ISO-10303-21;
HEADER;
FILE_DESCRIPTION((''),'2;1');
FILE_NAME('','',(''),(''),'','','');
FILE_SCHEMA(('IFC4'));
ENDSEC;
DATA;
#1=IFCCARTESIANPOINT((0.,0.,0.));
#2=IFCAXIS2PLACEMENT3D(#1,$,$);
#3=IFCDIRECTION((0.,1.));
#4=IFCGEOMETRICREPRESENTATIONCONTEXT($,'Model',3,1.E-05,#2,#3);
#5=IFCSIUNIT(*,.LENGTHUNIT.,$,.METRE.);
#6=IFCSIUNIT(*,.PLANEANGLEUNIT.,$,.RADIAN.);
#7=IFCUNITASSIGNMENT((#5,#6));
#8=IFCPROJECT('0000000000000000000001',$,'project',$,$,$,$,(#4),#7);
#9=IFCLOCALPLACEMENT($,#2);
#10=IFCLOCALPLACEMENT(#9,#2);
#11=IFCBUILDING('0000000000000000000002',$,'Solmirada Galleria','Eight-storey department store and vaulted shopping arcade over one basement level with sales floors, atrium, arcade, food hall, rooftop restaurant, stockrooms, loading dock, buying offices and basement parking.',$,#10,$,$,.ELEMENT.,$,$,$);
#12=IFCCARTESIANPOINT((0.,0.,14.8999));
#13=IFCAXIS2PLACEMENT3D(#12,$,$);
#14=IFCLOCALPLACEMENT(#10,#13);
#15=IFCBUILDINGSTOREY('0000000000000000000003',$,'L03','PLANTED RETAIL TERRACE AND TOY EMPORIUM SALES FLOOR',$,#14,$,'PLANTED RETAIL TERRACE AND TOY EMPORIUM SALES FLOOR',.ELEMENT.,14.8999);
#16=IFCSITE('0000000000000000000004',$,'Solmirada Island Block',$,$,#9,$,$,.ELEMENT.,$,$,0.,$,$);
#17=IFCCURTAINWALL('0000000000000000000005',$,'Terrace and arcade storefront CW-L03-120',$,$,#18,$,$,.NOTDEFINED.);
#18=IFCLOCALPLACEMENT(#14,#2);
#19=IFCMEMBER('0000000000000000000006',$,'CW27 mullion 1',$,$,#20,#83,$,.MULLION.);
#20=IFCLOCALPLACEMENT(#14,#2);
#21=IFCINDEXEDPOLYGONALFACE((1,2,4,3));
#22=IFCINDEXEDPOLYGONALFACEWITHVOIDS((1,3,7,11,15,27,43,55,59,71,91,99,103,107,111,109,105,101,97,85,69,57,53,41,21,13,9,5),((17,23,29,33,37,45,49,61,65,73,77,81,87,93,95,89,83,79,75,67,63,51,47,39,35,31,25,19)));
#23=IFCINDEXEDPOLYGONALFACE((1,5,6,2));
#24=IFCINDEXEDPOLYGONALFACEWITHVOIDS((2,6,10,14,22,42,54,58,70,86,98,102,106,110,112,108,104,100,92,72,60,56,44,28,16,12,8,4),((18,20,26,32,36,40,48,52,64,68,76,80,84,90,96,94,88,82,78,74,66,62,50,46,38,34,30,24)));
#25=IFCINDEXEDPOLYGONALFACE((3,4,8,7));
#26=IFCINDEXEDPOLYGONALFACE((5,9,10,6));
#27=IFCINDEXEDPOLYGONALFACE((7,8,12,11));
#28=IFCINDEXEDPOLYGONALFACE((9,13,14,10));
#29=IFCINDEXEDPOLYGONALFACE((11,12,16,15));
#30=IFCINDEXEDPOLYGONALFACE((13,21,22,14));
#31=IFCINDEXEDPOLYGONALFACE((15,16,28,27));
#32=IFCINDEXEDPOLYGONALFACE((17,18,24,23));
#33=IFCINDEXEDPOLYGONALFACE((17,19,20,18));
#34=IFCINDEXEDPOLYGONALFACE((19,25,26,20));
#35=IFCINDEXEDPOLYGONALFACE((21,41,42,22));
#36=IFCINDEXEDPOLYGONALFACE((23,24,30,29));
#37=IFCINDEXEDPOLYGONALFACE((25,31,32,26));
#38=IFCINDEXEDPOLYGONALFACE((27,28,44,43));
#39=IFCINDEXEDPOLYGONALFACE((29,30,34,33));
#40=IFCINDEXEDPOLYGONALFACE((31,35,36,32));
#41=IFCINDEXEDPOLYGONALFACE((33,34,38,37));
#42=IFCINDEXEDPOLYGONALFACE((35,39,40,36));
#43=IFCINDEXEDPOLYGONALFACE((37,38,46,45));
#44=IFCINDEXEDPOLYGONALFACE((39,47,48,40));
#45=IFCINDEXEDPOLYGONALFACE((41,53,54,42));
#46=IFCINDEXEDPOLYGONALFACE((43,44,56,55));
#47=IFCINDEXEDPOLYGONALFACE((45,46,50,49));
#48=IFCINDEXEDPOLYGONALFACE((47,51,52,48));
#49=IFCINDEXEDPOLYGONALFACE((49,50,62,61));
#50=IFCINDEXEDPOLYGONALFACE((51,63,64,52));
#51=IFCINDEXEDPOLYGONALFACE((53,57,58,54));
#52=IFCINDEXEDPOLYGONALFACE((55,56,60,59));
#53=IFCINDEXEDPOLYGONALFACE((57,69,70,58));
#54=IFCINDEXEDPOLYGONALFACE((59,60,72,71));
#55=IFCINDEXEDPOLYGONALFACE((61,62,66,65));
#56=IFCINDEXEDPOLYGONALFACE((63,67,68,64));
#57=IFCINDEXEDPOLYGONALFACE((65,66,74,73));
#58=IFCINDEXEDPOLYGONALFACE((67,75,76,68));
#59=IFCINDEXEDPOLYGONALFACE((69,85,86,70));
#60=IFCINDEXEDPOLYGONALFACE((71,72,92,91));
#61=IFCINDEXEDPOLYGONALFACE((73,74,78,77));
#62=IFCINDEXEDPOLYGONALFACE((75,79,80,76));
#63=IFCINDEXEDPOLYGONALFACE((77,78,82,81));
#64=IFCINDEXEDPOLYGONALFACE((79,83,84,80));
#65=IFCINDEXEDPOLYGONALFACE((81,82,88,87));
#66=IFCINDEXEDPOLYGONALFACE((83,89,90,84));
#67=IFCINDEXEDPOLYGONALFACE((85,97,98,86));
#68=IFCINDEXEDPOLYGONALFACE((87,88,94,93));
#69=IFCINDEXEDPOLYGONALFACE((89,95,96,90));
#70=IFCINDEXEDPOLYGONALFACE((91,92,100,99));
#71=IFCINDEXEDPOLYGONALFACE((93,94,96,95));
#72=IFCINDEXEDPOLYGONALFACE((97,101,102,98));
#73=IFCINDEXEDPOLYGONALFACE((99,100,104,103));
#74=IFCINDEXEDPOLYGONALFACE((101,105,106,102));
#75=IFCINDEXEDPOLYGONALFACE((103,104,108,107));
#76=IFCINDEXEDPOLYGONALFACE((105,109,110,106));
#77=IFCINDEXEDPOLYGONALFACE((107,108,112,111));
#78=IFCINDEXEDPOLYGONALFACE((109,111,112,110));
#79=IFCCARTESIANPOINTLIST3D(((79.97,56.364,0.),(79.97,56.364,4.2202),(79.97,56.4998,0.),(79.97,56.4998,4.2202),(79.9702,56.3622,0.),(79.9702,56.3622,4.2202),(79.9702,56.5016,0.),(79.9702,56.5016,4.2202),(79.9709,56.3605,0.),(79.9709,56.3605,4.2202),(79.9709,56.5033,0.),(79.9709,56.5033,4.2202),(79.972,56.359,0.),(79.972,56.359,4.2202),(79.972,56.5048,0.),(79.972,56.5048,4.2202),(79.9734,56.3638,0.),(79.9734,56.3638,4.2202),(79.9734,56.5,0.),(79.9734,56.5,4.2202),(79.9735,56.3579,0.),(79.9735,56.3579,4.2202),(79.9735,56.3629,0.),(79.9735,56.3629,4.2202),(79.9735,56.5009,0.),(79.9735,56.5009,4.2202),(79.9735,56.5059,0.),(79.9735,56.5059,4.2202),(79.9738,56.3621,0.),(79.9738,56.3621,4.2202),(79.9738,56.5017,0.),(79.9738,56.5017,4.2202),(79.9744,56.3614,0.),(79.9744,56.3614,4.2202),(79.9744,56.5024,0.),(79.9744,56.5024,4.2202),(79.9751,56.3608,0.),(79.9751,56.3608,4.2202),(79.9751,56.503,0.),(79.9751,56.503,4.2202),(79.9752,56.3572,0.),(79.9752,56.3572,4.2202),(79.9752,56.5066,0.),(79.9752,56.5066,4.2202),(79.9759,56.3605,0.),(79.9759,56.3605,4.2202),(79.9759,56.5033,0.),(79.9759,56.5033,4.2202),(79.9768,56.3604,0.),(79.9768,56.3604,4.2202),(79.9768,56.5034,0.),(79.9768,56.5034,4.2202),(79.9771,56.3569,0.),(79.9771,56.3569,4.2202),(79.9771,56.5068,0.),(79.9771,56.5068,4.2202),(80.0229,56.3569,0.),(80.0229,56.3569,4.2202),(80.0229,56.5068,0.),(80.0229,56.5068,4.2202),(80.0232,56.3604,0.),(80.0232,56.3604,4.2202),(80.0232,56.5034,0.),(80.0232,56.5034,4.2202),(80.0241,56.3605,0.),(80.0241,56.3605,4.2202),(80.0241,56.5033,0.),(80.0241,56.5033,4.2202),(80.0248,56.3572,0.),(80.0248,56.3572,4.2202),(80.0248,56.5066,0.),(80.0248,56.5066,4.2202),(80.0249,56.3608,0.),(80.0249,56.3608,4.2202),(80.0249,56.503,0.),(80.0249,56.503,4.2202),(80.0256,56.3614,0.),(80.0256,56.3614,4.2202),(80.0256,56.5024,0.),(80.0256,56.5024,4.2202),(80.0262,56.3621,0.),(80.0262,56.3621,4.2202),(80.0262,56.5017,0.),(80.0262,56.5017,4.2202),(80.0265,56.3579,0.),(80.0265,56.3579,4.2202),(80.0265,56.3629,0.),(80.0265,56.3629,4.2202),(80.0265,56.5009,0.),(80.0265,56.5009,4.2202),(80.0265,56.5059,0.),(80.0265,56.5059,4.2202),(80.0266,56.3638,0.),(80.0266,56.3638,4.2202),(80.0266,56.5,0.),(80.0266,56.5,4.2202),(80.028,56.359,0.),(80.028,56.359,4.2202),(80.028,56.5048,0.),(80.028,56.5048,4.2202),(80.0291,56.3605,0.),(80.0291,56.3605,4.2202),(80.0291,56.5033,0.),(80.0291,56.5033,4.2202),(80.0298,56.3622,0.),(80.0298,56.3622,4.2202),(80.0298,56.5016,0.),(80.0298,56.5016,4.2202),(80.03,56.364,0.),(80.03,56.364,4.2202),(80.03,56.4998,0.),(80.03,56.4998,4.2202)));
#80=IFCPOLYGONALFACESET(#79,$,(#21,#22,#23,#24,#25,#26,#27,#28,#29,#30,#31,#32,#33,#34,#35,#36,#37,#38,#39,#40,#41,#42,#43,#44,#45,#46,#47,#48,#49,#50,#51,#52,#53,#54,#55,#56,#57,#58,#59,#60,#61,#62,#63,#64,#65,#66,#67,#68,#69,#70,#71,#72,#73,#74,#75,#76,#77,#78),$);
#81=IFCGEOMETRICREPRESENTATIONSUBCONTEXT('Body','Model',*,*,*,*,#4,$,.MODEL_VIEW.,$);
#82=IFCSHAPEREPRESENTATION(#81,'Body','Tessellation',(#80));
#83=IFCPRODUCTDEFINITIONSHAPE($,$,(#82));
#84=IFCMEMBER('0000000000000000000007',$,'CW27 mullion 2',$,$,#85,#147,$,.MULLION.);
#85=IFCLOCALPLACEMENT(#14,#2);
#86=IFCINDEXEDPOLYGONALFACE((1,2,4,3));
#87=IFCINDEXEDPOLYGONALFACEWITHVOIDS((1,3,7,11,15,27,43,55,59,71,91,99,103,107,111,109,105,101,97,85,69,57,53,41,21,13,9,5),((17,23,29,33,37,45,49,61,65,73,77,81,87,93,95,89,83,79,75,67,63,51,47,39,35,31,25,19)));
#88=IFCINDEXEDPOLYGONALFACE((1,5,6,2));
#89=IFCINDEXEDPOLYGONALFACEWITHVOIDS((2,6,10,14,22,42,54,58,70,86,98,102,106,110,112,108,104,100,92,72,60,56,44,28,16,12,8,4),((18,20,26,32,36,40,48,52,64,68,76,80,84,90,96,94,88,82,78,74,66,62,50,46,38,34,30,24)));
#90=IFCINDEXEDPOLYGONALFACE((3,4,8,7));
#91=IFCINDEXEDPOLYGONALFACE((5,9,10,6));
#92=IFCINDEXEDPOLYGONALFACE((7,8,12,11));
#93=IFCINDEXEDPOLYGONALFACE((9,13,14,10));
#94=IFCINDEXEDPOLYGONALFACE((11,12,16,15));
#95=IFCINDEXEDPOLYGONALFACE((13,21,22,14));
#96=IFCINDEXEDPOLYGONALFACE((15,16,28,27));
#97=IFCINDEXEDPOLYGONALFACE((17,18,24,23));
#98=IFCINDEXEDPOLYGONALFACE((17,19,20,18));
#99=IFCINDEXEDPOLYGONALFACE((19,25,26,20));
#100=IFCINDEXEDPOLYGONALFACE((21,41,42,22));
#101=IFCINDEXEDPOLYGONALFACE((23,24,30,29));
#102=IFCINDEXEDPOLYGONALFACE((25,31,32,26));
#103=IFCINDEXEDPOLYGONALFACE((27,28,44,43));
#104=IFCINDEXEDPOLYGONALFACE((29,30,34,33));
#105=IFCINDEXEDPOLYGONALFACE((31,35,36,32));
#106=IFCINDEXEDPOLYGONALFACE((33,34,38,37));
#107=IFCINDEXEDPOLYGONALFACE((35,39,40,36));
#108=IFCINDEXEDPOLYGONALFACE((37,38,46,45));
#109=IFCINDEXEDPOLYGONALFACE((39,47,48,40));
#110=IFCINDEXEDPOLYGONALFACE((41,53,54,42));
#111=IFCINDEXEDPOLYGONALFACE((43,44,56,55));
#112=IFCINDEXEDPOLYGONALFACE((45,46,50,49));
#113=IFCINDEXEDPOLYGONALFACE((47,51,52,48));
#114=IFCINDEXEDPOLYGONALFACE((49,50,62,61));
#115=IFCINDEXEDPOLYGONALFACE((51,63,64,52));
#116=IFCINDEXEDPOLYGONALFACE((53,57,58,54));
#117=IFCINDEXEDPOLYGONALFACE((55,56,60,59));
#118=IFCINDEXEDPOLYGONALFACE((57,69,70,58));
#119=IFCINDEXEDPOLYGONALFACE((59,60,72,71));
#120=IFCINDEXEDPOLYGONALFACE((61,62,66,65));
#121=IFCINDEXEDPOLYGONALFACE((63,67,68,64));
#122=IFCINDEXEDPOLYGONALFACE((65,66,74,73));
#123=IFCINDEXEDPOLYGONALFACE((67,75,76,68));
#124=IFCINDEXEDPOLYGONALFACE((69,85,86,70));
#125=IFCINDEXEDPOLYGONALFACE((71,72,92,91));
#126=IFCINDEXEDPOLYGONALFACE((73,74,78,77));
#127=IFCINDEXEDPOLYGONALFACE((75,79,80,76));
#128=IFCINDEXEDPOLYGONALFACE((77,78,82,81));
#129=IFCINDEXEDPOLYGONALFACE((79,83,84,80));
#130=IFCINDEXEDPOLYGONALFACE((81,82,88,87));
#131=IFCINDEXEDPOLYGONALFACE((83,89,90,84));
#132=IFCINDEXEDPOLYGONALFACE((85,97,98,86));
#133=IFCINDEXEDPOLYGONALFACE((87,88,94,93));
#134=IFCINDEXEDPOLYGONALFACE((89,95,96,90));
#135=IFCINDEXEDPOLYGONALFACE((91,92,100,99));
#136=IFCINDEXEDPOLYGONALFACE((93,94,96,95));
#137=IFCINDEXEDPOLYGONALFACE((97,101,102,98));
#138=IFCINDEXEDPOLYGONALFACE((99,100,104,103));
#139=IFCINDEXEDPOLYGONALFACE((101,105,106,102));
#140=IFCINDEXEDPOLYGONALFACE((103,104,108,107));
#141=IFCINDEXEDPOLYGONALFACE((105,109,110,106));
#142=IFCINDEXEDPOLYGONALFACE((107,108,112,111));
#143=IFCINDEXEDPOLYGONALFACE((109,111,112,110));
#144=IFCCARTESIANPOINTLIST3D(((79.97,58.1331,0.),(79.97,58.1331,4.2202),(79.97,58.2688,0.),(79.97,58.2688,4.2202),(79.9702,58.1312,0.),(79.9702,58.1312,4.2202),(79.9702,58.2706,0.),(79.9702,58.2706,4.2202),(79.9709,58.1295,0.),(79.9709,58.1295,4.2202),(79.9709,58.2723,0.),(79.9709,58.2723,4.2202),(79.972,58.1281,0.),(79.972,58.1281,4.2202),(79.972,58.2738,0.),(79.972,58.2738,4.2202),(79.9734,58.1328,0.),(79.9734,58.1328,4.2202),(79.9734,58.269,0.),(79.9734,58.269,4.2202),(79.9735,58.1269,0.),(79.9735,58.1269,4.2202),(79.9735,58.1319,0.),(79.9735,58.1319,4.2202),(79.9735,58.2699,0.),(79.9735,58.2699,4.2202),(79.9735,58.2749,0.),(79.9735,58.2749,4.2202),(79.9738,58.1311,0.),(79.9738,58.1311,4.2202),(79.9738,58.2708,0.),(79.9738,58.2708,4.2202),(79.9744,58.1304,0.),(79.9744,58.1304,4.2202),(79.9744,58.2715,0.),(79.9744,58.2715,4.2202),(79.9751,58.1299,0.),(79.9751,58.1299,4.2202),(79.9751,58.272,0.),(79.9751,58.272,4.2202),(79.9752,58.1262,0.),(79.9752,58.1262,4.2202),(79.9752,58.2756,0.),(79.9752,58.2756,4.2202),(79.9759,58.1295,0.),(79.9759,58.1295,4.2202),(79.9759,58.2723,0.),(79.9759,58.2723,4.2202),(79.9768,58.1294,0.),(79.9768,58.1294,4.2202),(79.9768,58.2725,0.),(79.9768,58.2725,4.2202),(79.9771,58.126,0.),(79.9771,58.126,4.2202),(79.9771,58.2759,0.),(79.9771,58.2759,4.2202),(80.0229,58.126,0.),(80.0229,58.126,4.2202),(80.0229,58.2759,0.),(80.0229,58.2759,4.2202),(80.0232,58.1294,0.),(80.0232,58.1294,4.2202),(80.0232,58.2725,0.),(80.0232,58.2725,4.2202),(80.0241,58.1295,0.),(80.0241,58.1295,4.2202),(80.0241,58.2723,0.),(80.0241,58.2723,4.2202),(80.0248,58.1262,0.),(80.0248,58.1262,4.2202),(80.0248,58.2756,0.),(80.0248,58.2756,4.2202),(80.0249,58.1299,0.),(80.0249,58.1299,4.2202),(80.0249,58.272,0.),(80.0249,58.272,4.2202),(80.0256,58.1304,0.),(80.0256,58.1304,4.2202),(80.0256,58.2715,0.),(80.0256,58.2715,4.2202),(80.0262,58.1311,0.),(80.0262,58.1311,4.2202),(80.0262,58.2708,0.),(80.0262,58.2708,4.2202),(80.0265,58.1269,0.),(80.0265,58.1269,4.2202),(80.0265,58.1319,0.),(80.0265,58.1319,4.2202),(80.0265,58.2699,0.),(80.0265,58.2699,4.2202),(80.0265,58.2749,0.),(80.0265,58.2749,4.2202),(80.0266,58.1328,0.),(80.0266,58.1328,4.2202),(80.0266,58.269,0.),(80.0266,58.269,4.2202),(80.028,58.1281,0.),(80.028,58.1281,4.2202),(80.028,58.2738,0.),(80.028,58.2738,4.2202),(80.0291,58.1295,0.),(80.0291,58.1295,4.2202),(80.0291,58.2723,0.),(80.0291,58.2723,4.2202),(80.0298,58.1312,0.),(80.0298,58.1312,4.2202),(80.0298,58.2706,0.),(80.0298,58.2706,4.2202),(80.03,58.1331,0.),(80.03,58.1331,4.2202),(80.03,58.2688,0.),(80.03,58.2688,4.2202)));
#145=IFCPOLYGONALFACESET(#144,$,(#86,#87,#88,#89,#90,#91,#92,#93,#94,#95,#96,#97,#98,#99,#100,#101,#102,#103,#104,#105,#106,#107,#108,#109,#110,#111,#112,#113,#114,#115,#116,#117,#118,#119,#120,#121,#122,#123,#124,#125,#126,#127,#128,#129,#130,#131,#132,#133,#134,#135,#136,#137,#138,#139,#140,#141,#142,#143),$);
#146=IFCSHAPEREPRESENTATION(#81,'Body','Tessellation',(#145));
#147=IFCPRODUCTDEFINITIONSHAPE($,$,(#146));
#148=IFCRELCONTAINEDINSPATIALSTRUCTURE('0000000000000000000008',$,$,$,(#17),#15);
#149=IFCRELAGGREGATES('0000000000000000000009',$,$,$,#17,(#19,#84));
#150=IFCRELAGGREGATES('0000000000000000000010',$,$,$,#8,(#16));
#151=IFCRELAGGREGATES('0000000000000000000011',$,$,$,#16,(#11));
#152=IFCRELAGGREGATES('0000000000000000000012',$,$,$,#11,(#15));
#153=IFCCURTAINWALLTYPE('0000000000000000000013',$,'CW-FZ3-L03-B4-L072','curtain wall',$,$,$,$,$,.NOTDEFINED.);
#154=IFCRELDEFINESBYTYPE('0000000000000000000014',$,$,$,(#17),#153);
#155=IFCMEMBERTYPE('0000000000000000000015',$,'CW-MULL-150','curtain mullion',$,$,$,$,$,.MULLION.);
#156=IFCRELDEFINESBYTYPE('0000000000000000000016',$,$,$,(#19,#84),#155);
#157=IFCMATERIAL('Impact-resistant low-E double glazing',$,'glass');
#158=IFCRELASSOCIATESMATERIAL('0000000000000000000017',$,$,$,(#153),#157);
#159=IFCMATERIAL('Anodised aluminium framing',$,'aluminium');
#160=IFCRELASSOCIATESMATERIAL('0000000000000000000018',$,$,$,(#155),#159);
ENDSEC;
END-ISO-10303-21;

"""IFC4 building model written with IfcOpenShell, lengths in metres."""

from ifc_helpers import new_model, si_unit, direction, frame, origin, origin_2d, place, context, subcontext, project, spatial, hollow_rectangle, extrude, material, material_profile, profile_set, type_object, element, aggregate, save


model = new_model("IFC4")

# Units and contexts
model_context = context("Model", 3, precision=1e-05, world=origin(), true_north=direction((0.0, 1.0)))
body_context = subcontext(model_context, "Body", "Model", "MODEL_VIEW")
ifc_project = project(units=[si_unit("LENGTHUNIT", "METRE"), si_unit("PLANEANGLEUNIT", "RADIAN")], contexts=[model_context])

# Site, building, storey
site_placement = place(None, origin())
site = spatial("IfcSite", under=ifc_project, at=site_placement, Name="Solmirada Island Block", CompositionType="ELEMENT", RefElevation=0.0)
building_placement = place(site_placement, origin())
building = spatial("IfcBuilding", under=site, at=building_placement, Name="Solmirada Galleria", Description="Eight-storey department store and vaulted shopping arcade over one basement level with sales floors, atrium, arcade, food hall, rooftop restaurant, stockrooms, loading dock, buying offices and basement parking.", CompositionType="ELEMENT")
storey_placement = place(building_placement, frame((0.0, 0.0, 14.8999)))
storey = spatial("IfcBuildingStorey", under=building, at=storey_placement, Name="L03", Description="PLANTED RETAIL TERRACE AND TOY EMPORIUM SALES FLOOR", LongName="PLANTED RETAIL TERRACE AND TOY EMPORIUM SALES FLOOR", CompositionType="ELEMENT", Elevation=14.8999)

# Shared definitions
ifc_material_1 = material(Name="Impact-resistant low-E double glazing", Category="glass")
curtain_wall_type_1 = type_object("IfcCurtainWallType", Name="CW-FZ3-L03-B4-L072", Description="curtain wall", PredefinedType="NOTDEFINED", material=ifc_material_1)
ifc_material_2 = material(Name="Anodised aluminium framing", Category="aluminium")
ifc_material_profile_1 = material_profile(ifc_material_2, hollow_rectangle(XDim=0.0601, YDim=0.1499, WallThickness=0.0034, InnerFilletRadius=0.0034, OuterFilletRadius=0.0071, at=origin_2d()), Name="ALU-MULL-150X60")
ifc_profile_set_1 = profile_set([ifc_material_profile_1], Name="Anodised aluminium framing")
member_type_1 = type_object("IfcMemberType", Name="CW-MULL-150", Description="curtain mullion", PredefinedType="MULLION", material=ifc_profile_set_1)

# Curtain wall, members
curtain_wall_1_placement = place(storey_placement, origin())
curtain_wall_1 = element("IfcCurtainWall", 1, at=curtain_wall_1_placement, inside=storey, type_object=curtain_wall_type_1, Name="Terrace and arcade storefront CW-L03-120", PredefinedType="NOTDEFINED")
member_1_placement = place(storey_placement, frame((80.0, 56.4319, 0.0), z_axis=(0.0, 0.0, 1.0), x_axis=(-1.0, 0.0, 0.0)))
member_1 = element("IfcMember", 2, at=member_1_placement, type_object=member_type_1, Name="CW27 mullion 1", PredefinedType="MULLION", context=body_context, shape_type="SweptSolid", body=[
    extrude(hollow_rectangle(XDim=0.0601, YDim=0.1499, WallThickness=0.0034, InnerFilletRadius=0.0034, OuterFilletRadius=0.0071, at=origin_2d()), origin(), (0.0, 0.0, 1.0), 4.2202),
])
member_2_placement = place(storey_placement, frame((80.0, 58.2009, 0.0), z_axis=(0.0, 0.0, 1.0), x_axis=(-1.0, 0.0, 0.0)))
member_2 = element("IfcMember", 3, at=member_2_placement, type_object=member_type_1, Name="CW27 mullion 2", PredefinedType="MULLION", context=body_context, shape_type="SweptSolid", body=[
    extrude(hollow_rectangle(XDim=0.0601, YDim=0.1499, WallThickness=0.0034, InnerFilletRadius=0.0034, OuterFilletRadius=0.0071, at=origin_2d()), origin(), (0.0, 0.0, 1.0), 4.2202),
])

aggregate(curtain_wall_1, [member_1, member_2])

save(model, "model.ifc")
